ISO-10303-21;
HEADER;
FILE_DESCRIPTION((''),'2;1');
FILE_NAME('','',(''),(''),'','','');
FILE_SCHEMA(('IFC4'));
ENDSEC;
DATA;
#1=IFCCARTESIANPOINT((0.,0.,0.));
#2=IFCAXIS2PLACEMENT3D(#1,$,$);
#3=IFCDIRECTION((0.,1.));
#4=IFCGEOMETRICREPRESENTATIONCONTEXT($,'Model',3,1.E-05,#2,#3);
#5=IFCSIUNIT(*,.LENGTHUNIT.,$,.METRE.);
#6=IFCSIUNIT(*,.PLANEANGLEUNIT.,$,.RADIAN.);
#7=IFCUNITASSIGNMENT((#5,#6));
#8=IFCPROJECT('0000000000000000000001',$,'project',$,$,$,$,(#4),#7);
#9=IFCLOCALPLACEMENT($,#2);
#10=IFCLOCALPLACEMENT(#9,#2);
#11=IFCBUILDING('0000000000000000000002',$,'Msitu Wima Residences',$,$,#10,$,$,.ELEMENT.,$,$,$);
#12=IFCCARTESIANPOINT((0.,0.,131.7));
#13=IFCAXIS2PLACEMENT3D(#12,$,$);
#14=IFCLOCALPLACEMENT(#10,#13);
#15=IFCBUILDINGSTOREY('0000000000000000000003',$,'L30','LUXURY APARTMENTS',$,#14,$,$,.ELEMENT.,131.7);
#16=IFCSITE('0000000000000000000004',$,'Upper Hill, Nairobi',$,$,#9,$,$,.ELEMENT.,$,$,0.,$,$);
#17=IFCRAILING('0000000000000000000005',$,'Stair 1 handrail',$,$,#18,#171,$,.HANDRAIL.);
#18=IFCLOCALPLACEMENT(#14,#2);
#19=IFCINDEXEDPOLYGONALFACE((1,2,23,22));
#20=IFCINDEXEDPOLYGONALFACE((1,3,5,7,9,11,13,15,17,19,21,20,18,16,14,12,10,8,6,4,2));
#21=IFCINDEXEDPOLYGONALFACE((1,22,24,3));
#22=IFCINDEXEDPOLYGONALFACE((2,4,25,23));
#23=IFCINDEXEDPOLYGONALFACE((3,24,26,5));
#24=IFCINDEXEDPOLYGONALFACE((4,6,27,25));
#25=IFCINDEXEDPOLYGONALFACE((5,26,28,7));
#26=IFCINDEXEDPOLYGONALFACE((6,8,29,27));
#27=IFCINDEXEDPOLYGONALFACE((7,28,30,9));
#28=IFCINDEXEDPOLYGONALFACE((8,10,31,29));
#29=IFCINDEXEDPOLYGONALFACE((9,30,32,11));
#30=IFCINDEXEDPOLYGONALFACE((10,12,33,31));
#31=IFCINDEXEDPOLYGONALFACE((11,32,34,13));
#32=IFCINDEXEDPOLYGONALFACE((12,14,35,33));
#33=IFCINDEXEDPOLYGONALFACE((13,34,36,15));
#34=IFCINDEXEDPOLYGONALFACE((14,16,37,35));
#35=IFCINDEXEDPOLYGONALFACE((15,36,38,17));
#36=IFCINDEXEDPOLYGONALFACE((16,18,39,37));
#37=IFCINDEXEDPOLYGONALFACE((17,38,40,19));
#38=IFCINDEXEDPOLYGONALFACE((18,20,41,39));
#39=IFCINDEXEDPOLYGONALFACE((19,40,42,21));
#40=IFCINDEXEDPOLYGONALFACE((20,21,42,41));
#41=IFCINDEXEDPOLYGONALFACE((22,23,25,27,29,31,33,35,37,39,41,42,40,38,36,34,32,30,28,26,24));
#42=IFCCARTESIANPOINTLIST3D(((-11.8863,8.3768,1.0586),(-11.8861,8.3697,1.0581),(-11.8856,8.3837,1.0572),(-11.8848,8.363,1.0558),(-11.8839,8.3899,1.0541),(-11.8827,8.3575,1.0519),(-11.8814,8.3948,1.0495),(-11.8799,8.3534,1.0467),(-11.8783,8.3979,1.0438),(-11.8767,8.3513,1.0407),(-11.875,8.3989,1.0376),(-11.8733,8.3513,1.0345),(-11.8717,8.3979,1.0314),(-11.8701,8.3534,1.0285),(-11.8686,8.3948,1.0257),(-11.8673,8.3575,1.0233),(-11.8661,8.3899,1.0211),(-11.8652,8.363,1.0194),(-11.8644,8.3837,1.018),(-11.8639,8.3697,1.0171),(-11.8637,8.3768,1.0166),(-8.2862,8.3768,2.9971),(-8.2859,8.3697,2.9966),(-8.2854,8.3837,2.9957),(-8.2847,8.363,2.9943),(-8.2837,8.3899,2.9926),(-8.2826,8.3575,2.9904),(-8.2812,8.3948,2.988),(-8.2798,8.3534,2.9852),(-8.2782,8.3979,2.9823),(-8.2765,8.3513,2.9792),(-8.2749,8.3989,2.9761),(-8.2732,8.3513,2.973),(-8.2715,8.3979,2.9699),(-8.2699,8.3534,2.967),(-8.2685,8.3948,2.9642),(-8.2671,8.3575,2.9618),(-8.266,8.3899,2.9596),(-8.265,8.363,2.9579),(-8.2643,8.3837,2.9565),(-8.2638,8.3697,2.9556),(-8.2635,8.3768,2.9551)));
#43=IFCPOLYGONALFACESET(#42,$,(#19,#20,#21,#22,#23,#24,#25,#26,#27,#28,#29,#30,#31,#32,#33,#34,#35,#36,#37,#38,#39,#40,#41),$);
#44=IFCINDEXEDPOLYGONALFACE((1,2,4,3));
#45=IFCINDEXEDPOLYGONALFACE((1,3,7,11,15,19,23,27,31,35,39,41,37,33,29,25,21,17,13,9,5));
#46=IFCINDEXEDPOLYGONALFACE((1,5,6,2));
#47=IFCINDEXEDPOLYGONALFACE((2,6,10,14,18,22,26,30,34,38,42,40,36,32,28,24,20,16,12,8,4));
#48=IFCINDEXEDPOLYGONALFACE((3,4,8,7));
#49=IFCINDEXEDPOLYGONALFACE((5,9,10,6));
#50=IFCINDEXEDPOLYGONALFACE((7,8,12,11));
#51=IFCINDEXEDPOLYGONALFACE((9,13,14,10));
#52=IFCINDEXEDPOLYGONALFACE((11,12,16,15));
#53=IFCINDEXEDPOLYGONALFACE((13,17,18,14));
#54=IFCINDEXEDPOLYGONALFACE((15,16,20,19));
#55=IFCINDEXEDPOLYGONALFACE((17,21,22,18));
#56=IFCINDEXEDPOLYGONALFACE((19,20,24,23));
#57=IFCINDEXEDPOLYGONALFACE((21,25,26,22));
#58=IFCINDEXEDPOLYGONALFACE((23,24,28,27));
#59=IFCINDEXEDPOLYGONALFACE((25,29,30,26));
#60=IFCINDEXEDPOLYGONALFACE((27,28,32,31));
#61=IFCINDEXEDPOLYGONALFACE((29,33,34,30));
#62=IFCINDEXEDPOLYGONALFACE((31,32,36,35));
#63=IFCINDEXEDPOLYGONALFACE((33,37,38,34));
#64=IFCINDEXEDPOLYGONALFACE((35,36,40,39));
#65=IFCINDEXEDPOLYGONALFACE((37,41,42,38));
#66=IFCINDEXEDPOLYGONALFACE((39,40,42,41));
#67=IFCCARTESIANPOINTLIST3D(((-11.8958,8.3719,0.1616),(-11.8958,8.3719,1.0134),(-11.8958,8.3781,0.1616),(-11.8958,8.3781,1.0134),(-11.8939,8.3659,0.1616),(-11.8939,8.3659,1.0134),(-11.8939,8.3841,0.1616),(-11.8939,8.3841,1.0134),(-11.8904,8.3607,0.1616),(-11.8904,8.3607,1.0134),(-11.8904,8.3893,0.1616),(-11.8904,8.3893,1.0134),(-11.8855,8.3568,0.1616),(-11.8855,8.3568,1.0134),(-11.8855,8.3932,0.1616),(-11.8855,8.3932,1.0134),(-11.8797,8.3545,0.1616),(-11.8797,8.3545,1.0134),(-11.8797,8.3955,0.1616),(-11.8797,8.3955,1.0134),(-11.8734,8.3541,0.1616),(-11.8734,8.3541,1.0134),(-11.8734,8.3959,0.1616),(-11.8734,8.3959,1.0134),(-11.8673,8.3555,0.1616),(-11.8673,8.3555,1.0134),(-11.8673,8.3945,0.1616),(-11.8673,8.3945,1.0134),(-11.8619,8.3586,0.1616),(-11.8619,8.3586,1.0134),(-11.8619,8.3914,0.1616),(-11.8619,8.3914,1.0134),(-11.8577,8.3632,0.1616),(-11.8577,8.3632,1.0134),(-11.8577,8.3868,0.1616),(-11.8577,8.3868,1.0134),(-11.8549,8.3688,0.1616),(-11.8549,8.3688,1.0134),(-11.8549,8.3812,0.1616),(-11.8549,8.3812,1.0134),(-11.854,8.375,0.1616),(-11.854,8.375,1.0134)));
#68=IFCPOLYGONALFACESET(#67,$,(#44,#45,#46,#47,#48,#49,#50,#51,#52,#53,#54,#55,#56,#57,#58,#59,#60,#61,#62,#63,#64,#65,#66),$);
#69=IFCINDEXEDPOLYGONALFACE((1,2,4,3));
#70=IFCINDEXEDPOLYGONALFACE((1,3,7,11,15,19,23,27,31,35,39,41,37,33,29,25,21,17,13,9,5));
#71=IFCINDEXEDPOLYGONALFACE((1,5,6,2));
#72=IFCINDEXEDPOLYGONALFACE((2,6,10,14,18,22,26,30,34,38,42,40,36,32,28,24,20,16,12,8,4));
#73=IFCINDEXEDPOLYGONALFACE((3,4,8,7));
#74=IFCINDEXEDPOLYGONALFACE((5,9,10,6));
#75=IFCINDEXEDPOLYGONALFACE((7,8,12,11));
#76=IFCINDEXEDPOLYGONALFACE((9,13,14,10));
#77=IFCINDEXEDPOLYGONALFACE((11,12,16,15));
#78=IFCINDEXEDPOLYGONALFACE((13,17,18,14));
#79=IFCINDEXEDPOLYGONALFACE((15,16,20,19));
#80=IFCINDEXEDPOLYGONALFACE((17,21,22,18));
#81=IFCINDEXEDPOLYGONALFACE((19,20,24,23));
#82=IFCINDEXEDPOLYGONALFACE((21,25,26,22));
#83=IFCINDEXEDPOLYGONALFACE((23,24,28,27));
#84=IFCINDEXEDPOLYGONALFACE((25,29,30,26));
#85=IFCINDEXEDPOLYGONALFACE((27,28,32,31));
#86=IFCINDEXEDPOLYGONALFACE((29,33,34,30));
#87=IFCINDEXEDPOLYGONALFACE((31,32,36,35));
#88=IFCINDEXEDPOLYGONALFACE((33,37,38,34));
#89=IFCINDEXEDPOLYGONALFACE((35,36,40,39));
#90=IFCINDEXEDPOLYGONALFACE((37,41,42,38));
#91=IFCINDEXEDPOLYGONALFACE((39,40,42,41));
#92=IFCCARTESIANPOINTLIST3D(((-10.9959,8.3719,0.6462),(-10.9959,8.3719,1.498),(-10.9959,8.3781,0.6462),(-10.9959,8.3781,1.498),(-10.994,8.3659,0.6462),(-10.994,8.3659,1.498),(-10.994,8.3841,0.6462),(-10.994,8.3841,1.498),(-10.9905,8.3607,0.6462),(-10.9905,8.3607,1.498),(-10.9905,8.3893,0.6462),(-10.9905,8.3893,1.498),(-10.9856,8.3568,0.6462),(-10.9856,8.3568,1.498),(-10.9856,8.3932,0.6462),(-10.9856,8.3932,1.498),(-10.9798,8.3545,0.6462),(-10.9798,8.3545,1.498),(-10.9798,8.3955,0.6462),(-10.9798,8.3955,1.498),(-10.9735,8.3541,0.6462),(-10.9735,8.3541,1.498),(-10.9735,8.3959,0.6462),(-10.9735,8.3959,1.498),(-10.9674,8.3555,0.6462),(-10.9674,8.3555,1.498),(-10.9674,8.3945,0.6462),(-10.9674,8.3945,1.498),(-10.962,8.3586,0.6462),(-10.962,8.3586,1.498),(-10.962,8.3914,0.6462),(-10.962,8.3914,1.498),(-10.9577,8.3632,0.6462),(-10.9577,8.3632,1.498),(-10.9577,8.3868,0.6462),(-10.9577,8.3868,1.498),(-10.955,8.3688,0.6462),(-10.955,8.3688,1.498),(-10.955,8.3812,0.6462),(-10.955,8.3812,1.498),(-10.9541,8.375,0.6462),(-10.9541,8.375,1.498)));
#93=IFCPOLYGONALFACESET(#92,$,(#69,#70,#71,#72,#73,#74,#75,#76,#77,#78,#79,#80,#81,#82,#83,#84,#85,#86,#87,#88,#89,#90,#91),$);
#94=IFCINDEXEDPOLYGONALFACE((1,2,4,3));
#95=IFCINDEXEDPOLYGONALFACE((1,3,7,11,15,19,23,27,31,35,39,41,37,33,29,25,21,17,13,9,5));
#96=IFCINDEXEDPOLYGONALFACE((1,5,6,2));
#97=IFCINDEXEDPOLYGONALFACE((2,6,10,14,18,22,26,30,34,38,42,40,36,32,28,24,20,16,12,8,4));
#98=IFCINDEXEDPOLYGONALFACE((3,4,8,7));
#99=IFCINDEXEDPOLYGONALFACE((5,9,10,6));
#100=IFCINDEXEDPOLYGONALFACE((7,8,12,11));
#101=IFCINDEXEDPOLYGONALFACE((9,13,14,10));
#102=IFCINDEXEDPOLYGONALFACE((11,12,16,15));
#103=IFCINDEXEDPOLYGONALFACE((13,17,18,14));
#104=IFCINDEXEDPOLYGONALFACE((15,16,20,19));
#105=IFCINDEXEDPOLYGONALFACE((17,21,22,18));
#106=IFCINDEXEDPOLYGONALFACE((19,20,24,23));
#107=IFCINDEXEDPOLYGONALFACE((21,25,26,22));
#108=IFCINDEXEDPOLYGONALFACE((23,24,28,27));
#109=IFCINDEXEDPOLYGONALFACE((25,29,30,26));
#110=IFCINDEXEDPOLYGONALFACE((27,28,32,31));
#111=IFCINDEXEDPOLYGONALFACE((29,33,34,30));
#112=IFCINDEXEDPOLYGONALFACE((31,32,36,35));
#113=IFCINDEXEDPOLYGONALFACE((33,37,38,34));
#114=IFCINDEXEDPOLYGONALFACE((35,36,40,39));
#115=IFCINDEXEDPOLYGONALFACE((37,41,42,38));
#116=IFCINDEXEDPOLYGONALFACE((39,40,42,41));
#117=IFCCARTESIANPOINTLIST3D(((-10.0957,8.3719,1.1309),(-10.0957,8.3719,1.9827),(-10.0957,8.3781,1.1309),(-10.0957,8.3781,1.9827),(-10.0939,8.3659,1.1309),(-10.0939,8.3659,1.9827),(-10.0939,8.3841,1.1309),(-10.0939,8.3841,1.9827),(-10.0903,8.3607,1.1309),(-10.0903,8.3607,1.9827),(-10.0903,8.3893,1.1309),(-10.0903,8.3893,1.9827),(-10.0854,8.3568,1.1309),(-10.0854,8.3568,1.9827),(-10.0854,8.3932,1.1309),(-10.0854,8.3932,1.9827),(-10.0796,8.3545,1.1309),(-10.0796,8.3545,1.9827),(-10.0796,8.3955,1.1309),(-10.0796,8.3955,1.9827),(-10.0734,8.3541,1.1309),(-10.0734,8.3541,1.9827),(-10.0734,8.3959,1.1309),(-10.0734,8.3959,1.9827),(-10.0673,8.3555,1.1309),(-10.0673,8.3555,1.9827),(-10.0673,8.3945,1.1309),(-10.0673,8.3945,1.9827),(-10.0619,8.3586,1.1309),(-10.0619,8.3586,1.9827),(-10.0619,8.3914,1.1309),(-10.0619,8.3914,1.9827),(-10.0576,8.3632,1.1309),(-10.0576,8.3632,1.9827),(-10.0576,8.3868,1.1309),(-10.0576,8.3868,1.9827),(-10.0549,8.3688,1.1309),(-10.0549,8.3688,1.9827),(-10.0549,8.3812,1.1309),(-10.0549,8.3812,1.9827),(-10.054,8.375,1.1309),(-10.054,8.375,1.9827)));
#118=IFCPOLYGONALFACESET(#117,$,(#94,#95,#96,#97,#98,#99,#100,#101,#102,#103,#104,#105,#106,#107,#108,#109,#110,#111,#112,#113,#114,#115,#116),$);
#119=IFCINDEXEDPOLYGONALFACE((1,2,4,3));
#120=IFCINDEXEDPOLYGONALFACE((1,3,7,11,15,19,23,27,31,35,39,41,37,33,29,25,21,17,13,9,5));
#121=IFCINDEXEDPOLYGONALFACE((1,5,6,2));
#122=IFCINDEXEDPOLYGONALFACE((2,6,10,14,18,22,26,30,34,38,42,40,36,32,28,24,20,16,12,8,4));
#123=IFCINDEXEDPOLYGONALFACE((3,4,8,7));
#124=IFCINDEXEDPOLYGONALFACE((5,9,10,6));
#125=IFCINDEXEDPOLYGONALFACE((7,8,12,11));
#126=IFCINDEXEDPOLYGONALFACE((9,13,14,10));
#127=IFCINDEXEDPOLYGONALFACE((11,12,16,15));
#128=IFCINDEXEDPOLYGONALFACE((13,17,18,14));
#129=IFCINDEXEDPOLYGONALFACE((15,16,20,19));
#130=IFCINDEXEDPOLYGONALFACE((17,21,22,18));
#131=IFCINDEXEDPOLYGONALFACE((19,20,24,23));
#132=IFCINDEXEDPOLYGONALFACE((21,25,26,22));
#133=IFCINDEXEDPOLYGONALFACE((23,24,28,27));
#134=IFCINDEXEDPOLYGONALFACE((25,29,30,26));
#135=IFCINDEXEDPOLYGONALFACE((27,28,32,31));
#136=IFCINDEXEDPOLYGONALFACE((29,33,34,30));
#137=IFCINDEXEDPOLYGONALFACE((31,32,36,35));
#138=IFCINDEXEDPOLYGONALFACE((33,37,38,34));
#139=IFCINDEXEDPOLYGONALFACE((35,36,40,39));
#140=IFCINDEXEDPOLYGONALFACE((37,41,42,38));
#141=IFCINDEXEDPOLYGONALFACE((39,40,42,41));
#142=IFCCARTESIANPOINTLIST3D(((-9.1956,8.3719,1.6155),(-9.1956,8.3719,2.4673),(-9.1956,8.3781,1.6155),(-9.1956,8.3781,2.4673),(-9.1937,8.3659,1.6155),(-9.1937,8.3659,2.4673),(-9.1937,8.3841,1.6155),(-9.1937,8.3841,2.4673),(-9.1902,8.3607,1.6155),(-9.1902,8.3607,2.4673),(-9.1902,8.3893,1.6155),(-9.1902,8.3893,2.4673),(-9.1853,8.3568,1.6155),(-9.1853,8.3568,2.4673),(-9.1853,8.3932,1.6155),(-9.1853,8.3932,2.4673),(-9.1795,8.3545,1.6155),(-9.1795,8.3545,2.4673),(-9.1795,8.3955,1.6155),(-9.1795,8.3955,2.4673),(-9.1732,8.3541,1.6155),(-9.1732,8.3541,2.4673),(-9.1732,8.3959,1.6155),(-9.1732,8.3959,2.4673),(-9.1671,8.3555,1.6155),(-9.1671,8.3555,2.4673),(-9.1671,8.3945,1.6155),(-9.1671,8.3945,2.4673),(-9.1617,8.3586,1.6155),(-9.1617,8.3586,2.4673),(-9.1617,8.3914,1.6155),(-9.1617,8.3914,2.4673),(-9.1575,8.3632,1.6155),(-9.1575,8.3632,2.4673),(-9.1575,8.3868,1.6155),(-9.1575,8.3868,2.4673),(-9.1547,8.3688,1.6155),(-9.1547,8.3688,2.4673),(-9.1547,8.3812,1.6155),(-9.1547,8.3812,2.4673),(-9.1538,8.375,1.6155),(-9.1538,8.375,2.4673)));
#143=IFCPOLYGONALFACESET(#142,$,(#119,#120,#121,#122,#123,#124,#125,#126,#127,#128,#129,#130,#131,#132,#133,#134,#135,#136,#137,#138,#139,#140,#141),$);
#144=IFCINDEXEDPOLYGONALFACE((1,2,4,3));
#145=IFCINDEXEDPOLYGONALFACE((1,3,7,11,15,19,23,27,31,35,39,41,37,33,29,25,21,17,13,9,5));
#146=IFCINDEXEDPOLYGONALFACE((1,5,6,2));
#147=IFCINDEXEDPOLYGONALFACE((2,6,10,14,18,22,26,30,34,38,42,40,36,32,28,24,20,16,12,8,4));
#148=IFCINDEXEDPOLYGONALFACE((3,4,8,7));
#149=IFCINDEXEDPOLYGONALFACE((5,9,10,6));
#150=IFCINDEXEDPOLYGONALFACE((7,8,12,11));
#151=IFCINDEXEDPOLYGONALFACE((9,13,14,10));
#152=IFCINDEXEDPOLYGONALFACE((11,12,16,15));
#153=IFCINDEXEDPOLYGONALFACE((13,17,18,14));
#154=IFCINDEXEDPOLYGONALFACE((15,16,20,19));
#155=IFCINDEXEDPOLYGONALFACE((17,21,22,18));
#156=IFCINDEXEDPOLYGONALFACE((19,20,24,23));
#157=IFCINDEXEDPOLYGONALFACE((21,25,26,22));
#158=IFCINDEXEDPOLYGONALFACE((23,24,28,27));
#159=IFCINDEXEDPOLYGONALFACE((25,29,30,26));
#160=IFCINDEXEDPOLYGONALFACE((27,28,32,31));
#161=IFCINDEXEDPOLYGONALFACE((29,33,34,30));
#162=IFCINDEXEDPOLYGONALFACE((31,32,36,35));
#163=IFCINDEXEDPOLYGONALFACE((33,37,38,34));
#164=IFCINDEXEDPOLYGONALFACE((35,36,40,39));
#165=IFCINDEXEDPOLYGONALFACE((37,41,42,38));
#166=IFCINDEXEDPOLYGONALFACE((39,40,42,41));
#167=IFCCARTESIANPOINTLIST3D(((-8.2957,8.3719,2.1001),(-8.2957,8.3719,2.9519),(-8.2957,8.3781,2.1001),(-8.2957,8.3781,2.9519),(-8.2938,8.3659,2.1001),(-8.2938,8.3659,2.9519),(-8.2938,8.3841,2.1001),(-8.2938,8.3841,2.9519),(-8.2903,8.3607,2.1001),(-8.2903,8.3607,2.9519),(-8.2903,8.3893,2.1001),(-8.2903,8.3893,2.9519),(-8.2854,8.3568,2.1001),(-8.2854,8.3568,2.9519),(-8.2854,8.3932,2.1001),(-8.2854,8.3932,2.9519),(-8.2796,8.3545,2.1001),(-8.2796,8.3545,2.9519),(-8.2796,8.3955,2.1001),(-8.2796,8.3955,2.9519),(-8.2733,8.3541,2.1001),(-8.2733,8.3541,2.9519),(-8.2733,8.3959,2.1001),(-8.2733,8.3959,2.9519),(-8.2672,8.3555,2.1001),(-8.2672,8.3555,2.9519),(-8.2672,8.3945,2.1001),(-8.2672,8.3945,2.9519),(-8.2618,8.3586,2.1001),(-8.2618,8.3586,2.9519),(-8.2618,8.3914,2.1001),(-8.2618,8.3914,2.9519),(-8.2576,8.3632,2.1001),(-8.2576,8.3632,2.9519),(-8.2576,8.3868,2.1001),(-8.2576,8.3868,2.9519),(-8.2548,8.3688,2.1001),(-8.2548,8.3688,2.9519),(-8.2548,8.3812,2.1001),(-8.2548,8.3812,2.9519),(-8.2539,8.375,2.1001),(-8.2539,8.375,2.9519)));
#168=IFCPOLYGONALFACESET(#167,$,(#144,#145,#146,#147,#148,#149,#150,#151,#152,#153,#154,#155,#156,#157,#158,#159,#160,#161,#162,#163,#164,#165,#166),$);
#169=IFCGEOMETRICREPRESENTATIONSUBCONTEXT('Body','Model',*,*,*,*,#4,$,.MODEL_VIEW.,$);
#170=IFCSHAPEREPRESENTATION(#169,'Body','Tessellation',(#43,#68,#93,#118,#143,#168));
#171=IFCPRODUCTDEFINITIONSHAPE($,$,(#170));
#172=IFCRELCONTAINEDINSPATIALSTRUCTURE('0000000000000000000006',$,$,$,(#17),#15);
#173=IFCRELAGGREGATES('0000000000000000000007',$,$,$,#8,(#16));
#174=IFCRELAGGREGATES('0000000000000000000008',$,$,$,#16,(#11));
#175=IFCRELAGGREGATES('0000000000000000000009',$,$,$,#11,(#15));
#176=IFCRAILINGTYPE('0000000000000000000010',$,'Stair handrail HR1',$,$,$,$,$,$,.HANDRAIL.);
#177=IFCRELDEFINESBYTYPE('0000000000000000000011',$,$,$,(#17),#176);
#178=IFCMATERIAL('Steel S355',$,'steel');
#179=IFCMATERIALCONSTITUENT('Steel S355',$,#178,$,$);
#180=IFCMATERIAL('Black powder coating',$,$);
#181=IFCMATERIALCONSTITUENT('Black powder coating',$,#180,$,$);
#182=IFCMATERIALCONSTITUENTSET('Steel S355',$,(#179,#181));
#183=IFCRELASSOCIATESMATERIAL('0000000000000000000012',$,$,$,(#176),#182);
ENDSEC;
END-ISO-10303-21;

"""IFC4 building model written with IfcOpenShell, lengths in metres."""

from ifc_helpers import new_model, si_unit, direction, frame, origin, origin_2d, place, context, subcontext, project, spatial, circle, extrude, material, constituent, constituent_set, type_object, element, save


model = new_model("IFC4")

# Units and contexts
model_context = context("Model", 3, precision=1e-05, world=origin(), true_north=direction((0.0, 1.0)))
body_context = subcontext(model_context, "Body", "Model", "MODEL_VIEW")
ifc_project = project(units=[si_unit("LENGTHUNIT", "METRE"), si_unit("PLANEANGLEUNIT", "RADIAN")], contexts=[model_context])

# Site, building, storey
site_placement = place(None, origin())
site = spatial("IfcSite", under=ifc_project, at=site_placement, Name="Upper Hill, Nairobi", CompositionType="ELEMENT", RefElevation=0.0)
building_placement = place(site_placement, origin())
building = spatial("IfcBuilding", under=site, at=building_placement, Name="Msitu Wima Residences", CompositionType="ELEMENT")
storey_placement = place(building_placement, frame((0.0, 0.0, 131.7)))
storey = spatial("IfcBuildingStorey", under=building, at=storey_placement, Name="L30", Description="LUXURY APARTMENTS", CompositionType="ELEMENT", Elevation=131.7)

# Railing
ifc_material_1 = material(Name="Steel S355", Category="steel")
ifc_constituent_1 = constituent(ifc_material_1, Name="Steel S355")
ifc_material_2 = material(Name="Black powder coating")
ifc_constituent_2 = constituent(ifc_material_2, Name="Black powder coating")
ifc_constituent_set = constituent_set(constituents=[ifc_constituent_1, ifc_constituent_2], Name="Steel S355")
railing_type = type_object("IfcRailingType", Name="Stair handrail HR1", PredefinedType="HANDRAIL", material=ifc_constituent_set)
railing_placement = place(storey_placement, frame((-11.875, 8.375, 0.1616)))
element("IfcRailing", 1, at=railing_placement, inside=storey, type_object=railing_type, Name="Stair 1 handrail", PredefinedType="HANDRAIL", context=body_context, shape_type="SweptSolid", body=[
    extrude(circle(Radius=0.0239, at=origin_2d()), frame((0.0, 0.0, 0.876), z_axis=(0.880475, 0.0, 0.474093), x_axis=(0.0, 1.0, 0.0)), (0.0, 0.0, 1.0), 4.0889),
    extrude(circle(Radius=0.021, at=origin_2d()), origin(), (0.0, 0.0, 1.0), 0.8518),
    extrude(circle(Radius=0.021, at=origin_2d()), frame((0.8999, 0.0, 0.4846)), (0.0, 0.0, 1.0), 0.8518),
    extrude(circle(Radius=0.021, at=origin_2d()), frame((1.8, 0.0, 0.9692)), (0.0, 0.0, 1.0), 0.8518),
    extrude(circle(Radius=0.021, at=origin_2d()), frame((2.7002, 0.0, 1.4539)), (0.0, 0.0, 1.0), 0.8518),
    extrude(circle(Radius=0.021, at=origin_2d()), frame((3.6001, 0.0, 1.9385)), (0.0, 0.0, 1.0), 0.8518),
])

save(model, "model.ifc")
